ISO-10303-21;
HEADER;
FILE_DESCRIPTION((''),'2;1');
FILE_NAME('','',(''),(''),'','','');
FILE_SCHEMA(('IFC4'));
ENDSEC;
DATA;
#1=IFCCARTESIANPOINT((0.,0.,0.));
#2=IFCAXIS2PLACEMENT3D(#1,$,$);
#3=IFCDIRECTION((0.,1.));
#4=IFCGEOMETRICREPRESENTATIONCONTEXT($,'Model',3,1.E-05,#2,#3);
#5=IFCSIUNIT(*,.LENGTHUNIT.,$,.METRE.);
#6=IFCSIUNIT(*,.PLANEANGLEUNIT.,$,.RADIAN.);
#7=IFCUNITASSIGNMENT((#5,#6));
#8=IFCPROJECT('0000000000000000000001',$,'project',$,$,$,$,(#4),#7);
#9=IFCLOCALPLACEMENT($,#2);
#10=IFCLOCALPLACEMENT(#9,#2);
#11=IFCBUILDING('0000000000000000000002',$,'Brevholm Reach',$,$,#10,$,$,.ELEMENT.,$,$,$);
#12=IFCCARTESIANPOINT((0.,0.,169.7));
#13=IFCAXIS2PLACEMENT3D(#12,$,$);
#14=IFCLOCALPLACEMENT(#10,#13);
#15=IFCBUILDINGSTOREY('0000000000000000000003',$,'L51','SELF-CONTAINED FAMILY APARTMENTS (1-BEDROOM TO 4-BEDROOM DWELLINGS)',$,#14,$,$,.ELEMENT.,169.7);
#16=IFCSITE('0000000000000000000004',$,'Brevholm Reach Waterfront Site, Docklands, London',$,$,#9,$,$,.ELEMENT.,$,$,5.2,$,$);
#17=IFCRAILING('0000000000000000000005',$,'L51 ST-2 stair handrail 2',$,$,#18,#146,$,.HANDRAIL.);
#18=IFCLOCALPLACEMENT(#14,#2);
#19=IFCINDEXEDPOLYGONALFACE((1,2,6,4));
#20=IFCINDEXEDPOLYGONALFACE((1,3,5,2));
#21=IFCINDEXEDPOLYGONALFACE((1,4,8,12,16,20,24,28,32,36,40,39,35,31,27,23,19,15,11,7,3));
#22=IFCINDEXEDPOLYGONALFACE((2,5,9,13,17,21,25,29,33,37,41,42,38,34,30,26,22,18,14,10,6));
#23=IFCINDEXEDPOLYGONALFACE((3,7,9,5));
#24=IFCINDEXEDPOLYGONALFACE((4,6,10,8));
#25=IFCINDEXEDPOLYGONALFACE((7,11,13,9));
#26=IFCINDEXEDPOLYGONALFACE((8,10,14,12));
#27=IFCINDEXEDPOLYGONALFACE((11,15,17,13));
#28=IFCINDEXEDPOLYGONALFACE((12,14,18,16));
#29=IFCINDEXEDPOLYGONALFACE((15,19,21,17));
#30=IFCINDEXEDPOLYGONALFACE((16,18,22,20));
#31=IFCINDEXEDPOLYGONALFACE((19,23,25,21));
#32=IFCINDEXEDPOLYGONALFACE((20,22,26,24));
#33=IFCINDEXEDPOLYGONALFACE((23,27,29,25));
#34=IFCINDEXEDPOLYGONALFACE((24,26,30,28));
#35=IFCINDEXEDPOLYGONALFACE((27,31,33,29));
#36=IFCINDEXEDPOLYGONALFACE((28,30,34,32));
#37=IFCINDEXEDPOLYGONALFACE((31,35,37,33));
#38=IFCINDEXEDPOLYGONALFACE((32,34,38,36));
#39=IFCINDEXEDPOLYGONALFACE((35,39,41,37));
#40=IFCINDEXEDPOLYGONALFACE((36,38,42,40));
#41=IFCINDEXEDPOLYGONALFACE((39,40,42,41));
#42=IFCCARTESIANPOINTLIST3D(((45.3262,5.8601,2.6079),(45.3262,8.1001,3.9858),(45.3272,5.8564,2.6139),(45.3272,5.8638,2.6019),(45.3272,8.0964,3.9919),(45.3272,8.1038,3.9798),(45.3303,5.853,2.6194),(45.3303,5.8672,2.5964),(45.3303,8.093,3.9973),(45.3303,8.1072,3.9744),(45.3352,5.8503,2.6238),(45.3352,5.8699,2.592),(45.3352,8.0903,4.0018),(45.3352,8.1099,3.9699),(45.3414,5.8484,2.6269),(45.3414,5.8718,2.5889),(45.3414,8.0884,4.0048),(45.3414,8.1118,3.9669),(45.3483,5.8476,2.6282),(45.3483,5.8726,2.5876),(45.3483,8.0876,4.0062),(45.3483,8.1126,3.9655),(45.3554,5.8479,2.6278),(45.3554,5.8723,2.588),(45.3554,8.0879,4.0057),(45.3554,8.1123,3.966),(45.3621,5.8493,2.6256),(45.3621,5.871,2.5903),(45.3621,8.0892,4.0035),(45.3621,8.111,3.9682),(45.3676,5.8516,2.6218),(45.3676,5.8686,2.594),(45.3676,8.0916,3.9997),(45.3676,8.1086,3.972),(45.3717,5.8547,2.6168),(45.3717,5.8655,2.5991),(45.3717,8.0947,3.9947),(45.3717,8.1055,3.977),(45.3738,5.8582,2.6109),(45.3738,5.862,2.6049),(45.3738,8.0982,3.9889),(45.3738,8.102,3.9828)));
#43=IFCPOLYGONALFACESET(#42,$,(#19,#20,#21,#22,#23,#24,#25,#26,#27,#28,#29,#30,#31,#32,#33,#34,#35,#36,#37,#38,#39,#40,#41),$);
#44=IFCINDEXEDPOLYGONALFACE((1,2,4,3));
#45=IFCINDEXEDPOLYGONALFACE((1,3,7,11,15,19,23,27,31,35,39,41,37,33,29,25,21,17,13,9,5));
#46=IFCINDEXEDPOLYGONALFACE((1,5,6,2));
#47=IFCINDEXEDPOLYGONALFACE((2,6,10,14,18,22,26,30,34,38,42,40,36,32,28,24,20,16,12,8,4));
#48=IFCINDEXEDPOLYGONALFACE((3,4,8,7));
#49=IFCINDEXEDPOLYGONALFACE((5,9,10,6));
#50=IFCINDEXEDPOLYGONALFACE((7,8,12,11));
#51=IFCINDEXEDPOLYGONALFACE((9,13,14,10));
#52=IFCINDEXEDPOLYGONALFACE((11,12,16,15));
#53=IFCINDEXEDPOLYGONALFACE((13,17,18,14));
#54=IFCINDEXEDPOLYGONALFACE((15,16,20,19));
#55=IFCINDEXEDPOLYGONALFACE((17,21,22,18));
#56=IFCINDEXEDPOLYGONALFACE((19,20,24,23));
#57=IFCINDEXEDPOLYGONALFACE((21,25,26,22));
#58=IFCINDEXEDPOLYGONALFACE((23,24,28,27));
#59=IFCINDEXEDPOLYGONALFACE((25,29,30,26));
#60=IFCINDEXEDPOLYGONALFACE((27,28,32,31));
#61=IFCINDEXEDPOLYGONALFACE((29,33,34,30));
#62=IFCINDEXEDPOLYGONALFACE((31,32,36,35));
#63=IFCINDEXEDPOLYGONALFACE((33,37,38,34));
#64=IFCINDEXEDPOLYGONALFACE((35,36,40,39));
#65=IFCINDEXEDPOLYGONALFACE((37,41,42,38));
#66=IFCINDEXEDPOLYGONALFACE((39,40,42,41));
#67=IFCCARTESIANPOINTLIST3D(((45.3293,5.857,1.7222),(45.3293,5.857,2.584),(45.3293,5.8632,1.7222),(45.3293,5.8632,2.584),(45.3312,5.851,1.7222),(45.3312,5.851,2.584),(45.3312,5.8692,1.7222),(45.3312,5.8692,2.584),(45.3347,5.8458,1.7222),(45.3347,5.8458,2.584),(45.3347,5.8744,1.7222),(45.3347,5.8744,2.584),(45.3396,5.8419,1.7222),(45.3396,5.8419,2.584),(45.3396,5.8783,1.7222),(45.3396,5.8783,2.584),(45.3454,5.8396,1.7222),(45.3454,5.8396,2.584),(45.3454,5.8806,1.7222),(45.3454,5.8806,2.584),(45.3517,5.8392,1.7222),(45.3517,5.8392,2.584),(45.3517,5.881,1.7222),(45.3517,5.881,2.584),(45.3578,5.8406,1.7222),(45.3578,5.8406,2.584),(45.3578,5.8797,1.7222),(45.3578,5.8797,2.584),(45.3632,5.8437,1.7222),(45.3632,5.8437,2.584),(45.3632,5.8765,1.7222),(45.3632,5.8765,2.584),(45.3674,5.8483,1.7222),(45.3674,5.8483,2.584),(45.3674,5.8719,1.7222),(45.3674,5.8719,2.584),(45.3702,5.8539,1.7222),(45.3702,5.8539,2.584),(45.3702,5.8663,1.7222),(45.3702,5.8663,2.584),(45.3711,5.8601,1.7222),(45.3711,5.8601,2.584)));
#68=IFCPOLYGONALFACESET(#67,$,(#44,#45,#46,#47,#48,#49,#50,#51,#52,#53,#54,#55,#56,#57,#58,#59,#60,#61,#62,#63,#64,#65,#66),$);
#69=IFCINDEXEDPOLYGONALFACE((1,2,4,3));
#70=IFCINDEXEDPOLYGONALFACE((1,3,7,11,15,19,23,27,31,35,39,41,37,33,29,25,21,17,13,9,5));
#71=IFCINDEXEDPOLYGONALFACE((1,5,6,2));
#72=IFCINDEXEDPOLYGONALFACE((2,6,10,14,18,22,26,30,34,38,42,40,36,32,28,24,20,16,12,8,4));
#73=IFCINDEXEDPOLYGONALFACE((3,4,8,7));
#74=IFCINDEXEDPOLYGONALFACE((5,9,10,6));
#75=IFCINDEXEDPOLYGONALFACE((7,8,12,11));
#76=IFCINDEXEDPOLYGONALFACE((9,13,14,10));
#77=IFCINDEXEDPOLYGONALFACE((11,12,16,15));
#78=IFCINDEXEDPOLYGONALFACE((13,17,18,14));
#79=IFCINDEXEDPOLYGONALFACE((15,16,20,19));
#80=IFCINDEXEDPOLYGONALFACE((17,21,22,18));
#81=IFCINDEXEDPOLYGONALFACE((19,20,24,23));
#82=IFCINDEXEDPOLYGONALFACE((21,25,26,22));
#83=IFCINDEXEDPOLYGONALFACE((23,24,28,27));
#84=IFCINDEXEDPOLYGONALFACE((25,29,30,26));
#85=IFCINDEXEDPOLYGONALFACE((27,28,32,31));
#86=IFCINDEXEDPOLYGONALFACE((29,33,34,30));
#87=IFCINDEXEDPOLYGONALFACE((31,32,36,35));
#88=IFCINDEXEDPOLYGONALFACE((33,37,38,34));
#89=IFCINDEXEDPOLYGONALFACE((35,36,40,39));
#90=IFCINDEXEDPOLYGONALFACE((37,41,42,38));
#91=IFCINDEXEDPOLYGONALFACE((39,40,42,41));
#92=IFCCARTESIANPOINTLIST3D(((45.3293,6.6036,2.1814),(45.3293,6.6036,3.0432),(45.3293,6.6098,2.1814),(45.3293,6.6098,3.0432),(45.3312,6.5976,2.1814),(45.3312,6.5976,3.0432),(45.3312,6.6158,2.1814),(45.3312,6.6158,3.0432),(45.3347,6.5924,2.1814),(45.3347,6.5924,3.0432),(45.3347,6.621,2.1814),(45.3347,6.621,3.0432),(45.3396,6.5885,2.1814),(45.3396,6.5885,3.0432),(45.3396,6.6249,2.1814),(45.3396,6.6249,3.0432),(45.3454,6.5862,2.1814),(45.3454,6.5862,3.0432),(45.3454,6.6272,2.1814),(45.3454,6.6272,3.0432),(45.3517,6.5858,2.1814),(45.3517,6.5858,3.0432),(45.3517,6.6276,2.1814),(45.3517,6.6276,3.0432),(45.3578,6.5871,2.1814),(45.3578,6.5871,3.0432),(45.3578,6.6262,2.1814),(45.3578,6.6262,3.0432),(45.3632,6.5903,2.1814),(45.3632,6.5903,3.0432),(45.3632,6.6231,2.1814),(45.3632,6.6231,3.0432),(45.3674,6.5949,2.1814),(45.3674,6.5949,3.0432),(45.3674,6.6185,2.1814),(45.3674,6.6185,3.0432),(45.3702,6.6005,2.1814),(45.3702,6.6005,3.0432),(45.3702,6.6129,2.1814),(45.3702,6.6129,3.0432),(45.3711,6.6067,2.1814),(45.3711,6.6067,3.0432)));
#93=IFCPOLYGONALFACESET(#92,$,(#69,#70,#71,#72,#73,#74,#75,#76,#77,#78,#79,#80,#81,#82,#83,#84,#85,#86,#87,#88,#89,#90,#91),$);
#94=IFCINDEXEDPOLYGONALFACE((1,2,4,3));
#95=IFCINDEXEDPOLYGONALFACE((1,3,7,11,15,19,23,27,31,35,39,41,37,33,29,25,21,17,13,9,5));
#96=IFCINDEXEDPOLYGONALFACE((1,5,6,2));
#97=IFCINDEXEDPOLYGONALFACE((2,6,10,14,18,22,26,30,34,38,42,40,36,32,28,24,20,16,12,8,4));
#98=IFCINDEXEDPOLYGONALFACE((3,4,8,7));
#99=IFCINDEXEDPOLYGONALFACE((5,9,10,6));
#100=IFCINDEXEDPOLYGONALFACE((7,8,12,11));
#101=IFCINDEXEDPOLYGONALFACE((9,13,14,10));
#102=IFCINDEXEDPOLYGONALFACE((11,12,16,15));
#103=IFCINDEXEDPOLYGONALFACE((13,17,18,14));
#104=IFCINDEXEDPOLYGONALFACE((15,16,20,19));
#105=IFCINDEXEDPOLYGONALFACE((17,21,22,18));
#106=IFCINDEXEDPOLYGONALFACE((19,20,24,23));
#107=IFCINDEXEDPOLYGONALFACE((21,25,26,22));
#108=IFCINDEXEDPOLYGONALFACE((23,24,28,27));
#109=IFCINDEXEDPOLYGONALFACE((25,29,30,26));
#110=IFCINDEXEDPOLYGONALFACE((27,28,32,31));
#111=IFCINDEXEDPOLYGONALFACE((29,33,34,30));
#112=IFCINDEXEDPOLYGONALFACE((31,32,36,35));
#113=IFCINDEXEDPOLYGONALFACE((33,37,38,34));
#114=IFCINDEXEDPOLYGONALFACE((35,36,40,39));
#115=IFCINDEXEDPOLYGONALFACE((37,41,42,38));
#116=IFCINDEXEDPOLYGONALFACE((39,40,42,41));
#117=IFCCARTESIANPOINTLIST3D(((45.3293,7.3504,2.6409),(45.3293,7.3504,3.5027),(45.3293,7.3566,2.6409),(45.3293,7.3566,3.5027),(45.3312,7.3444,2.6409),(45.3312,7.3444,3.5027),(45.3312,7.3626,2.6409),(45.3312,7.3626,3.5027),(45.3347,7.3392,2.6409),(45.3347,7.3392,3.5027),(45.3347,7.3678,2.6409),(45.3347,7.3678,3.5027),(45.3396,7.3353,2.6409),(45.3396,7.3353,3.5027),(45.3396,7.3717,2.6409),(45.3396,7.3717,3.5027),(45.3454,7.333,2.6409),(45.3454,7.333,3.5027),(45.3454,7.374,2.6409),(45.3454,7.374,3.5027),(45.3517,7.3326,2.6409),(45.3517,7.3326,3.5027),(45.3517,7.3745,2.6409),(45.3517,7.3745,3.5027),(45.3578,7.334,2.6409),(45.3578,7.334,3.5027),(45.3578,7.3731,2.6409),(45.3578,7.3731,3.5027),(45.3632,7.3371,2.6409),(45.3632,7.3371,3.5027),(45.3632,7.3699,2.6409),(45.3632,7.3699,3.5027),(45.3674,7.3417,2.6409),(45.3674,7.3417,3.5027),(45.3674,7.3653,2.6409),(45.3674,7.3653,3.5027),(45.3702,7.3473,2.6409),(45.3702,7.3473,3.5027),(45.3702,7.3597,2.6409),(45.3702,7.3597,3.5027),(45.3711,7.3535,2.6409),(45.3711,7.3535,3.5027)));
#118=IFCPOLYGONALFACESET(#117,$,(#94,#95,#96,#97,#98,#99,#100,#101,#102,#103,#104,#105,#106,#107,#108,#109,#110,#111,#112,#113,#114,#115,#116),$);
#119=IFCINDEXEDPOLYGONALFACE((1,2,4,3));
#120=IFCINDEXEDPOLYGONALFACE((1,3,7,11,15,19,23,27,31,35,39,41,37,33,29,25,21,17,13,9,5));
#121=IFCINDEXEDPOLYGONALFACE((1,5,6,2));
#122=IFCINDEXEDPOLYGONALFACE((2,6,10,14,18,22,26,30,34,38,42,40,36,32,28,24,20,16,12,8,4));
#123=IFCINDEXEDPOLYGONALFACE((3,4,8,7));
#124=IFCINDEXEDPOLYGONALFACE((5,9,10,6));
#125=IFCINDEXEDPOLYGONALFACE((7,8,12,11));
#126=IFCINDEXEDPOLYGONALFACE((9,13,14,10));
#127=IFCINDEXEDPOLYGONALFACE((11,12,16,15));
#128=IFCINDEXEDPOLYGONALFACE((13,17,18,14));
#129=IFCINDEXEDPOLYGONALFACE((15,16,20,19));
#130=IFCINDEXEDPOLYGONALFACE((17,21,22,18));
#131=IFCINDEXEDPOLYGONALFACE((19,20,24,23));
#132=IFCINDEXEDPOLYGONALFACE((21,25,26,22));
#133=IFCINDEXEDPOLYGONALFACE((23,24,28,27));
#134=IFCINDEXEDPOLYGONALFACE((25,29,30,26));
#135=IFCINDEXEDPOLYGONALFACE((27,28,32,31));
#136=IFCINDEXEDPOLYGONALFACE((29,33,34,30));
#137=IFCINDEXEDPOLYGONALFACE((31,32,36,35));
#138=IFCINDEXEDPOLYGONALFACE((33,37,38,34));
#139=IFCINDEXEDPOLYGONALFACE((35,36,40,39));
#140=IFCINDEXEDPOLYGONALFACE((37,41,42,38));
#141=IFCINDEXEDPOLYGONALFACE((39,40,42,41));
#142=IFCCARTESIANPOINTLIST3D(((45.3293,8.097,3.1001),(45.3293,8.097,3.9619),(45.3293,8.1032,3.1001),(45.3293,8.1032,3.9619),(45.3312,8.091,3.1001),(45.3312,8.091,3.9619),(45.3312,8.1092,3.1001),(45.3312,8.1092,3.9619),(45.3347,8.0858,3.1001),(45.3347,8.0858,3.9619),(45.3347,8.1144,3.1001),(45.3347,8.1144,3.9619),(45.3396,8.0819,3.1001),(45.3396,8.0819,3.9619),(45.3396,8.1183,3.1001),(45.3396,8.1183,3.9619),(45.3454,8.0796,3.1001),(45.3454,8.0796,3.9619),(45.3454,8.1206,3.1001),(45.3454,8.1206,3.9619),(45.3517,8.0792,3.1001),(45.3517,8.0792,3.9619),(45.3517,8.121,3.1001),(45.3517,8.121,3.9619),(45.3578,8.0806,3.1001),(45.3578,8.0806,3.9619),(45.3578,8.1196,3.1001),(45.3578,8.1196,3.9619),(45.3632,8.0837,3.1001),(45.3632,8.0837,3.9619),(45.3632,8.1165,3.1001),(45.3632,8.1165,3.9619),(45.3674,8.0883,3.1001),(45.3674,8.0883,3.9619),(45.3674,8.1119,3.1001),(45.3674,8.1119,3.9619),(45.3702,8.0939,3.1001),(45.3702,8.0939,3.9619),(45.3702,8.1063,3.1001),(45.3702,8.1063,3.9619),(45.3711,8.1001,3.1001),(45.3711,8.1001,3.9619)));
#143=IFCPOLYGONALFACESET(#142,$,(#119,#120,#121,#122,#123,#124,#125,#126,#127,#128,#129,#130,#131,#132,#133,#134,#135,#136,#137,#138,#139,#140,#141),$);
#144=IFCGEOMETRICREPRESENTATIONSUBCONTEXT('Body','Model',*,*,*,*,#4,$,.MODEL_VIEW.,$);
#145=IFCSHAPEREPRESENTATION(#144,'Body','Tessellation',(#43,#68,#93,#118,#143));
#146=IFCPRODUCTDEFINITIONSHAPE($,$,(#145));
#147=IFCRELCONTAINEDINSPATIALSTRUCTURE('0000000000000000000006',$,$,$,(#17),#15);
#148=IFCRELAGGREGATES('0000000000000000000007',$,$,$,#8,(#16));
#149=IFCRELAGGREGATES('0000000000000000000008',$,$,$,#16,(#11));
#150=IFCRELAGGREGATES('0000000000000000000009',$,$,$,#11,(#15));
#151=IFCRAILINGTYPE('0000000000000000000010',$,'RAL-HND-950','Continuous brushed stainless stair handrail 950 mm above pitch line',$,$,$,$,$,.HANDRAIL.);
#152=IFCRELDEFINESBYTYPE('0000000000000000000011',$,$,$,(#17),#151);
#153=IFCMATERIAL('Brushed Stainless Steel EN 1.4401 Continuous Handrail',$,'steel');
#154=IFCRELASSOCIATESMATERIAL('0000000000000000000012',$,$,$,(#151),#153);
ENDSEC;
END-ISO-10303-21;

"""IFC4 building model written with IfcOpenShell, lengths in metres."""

from ifc_helpers import new_model, si_unit, direction, frame, origin, origin_2d, place, context, subcontext, project, spatial, circle, extrude, material, type_object, element, save


model = new_model("IFC4")

# Units and contexts
model_context = context("Model", 3, precision=1e-05, world=origin(), true_north=direction((0.0, 1.0)))
body_context = subcontext(model_context, "Body", "Model", "MODEL_VIEW")
ifc_project = project(units=[si_unit("LENGTHUNIT", "METRE"), si_unit("PLANEANGLEUNIT", "RADIAN")], contexts=[model_context])

# Site, building, storey
site_placement = place(None, origin())
site = spatial("IfcSite", under=ifc_project, at=site_placement, Name="Brevholm Reach Waterfront Site, Docklands, London", CompositionType="ELEMENT", RefElevation=5.2)
building_placement = place(site_placement, origin())
building = spatial("IfcBuilding", under=site, at=building_placement, Name="Brevholm Reach", CompositionType="ELEMENT")
storey_placement = place(building_placement, frame((0.0, 0.0, 169.7)))
storey = spatial("IfcBuildingStorey", under=building, at=storey_placement, Name="L51", Description="SELF-CONTAINED FAMILY APARTMENTS (1-BEDROOM TO 4-BEDROOM DWELLINGS)", CompositionType="ELEMENT", Elevation=169.7)

# Railing
ifc_material_1 = material(Name="Brushed Stainless Steel EN 1.4401 Continuous Handrail", Category="steel")
railing_type_1 = type_object("IfcRailingType", Name="RAL-HND-950", Description="Continuous brushed stainless stair handrail 950 mm above pitch line", PredefinedType="HANDRAIL", material=ifc_material_1)
railing_1_placement = place(storey_placement, frame((45.3501, 5.8601, 1.7222)))
element("IfcRailing", 1, at=railing_1_placement, inside=storey, type_object=railing_type_1, Name="L51 ST-2 stair handrail 2", PredefinedType="HANDRAIL", context=body_context, shape_type="SweptSolid", body=[
    extrude(circle(Radius=0.0239, at=origin_2d()), frame((0.0, 0.0, 0.8857), z_axis=(0.0, 0.851748, 0.523952), x_axis=(-1.0, 0.0, 0.0)), (0.0, 0.0, 1.0), 2.6299),
    extrude(circle(Radius=0.021, at=origin_2d()), origin(), (0.0, 0.0, 1.0), 0.8618),
    extrude(circle(Radius=0.021, at=origin_2d()), frame((0.0, 0.7466, 0.4592)), (0.0, 0.0, 1.0), 0.8618),
    extrude(circle(Radius=0.021, at=origin_2d()), frame((0.0, 1.4934, 0.9187)), (0.0, 0.0, 1.0), 0.8618),
    extrude(circle(Radius=0.021, at=origin_2d()), frame((0.0, 2.24, 1.3779)), (0.0, 0.0, 1.0), 0.8618),
])

save(model, "model.ifc")
